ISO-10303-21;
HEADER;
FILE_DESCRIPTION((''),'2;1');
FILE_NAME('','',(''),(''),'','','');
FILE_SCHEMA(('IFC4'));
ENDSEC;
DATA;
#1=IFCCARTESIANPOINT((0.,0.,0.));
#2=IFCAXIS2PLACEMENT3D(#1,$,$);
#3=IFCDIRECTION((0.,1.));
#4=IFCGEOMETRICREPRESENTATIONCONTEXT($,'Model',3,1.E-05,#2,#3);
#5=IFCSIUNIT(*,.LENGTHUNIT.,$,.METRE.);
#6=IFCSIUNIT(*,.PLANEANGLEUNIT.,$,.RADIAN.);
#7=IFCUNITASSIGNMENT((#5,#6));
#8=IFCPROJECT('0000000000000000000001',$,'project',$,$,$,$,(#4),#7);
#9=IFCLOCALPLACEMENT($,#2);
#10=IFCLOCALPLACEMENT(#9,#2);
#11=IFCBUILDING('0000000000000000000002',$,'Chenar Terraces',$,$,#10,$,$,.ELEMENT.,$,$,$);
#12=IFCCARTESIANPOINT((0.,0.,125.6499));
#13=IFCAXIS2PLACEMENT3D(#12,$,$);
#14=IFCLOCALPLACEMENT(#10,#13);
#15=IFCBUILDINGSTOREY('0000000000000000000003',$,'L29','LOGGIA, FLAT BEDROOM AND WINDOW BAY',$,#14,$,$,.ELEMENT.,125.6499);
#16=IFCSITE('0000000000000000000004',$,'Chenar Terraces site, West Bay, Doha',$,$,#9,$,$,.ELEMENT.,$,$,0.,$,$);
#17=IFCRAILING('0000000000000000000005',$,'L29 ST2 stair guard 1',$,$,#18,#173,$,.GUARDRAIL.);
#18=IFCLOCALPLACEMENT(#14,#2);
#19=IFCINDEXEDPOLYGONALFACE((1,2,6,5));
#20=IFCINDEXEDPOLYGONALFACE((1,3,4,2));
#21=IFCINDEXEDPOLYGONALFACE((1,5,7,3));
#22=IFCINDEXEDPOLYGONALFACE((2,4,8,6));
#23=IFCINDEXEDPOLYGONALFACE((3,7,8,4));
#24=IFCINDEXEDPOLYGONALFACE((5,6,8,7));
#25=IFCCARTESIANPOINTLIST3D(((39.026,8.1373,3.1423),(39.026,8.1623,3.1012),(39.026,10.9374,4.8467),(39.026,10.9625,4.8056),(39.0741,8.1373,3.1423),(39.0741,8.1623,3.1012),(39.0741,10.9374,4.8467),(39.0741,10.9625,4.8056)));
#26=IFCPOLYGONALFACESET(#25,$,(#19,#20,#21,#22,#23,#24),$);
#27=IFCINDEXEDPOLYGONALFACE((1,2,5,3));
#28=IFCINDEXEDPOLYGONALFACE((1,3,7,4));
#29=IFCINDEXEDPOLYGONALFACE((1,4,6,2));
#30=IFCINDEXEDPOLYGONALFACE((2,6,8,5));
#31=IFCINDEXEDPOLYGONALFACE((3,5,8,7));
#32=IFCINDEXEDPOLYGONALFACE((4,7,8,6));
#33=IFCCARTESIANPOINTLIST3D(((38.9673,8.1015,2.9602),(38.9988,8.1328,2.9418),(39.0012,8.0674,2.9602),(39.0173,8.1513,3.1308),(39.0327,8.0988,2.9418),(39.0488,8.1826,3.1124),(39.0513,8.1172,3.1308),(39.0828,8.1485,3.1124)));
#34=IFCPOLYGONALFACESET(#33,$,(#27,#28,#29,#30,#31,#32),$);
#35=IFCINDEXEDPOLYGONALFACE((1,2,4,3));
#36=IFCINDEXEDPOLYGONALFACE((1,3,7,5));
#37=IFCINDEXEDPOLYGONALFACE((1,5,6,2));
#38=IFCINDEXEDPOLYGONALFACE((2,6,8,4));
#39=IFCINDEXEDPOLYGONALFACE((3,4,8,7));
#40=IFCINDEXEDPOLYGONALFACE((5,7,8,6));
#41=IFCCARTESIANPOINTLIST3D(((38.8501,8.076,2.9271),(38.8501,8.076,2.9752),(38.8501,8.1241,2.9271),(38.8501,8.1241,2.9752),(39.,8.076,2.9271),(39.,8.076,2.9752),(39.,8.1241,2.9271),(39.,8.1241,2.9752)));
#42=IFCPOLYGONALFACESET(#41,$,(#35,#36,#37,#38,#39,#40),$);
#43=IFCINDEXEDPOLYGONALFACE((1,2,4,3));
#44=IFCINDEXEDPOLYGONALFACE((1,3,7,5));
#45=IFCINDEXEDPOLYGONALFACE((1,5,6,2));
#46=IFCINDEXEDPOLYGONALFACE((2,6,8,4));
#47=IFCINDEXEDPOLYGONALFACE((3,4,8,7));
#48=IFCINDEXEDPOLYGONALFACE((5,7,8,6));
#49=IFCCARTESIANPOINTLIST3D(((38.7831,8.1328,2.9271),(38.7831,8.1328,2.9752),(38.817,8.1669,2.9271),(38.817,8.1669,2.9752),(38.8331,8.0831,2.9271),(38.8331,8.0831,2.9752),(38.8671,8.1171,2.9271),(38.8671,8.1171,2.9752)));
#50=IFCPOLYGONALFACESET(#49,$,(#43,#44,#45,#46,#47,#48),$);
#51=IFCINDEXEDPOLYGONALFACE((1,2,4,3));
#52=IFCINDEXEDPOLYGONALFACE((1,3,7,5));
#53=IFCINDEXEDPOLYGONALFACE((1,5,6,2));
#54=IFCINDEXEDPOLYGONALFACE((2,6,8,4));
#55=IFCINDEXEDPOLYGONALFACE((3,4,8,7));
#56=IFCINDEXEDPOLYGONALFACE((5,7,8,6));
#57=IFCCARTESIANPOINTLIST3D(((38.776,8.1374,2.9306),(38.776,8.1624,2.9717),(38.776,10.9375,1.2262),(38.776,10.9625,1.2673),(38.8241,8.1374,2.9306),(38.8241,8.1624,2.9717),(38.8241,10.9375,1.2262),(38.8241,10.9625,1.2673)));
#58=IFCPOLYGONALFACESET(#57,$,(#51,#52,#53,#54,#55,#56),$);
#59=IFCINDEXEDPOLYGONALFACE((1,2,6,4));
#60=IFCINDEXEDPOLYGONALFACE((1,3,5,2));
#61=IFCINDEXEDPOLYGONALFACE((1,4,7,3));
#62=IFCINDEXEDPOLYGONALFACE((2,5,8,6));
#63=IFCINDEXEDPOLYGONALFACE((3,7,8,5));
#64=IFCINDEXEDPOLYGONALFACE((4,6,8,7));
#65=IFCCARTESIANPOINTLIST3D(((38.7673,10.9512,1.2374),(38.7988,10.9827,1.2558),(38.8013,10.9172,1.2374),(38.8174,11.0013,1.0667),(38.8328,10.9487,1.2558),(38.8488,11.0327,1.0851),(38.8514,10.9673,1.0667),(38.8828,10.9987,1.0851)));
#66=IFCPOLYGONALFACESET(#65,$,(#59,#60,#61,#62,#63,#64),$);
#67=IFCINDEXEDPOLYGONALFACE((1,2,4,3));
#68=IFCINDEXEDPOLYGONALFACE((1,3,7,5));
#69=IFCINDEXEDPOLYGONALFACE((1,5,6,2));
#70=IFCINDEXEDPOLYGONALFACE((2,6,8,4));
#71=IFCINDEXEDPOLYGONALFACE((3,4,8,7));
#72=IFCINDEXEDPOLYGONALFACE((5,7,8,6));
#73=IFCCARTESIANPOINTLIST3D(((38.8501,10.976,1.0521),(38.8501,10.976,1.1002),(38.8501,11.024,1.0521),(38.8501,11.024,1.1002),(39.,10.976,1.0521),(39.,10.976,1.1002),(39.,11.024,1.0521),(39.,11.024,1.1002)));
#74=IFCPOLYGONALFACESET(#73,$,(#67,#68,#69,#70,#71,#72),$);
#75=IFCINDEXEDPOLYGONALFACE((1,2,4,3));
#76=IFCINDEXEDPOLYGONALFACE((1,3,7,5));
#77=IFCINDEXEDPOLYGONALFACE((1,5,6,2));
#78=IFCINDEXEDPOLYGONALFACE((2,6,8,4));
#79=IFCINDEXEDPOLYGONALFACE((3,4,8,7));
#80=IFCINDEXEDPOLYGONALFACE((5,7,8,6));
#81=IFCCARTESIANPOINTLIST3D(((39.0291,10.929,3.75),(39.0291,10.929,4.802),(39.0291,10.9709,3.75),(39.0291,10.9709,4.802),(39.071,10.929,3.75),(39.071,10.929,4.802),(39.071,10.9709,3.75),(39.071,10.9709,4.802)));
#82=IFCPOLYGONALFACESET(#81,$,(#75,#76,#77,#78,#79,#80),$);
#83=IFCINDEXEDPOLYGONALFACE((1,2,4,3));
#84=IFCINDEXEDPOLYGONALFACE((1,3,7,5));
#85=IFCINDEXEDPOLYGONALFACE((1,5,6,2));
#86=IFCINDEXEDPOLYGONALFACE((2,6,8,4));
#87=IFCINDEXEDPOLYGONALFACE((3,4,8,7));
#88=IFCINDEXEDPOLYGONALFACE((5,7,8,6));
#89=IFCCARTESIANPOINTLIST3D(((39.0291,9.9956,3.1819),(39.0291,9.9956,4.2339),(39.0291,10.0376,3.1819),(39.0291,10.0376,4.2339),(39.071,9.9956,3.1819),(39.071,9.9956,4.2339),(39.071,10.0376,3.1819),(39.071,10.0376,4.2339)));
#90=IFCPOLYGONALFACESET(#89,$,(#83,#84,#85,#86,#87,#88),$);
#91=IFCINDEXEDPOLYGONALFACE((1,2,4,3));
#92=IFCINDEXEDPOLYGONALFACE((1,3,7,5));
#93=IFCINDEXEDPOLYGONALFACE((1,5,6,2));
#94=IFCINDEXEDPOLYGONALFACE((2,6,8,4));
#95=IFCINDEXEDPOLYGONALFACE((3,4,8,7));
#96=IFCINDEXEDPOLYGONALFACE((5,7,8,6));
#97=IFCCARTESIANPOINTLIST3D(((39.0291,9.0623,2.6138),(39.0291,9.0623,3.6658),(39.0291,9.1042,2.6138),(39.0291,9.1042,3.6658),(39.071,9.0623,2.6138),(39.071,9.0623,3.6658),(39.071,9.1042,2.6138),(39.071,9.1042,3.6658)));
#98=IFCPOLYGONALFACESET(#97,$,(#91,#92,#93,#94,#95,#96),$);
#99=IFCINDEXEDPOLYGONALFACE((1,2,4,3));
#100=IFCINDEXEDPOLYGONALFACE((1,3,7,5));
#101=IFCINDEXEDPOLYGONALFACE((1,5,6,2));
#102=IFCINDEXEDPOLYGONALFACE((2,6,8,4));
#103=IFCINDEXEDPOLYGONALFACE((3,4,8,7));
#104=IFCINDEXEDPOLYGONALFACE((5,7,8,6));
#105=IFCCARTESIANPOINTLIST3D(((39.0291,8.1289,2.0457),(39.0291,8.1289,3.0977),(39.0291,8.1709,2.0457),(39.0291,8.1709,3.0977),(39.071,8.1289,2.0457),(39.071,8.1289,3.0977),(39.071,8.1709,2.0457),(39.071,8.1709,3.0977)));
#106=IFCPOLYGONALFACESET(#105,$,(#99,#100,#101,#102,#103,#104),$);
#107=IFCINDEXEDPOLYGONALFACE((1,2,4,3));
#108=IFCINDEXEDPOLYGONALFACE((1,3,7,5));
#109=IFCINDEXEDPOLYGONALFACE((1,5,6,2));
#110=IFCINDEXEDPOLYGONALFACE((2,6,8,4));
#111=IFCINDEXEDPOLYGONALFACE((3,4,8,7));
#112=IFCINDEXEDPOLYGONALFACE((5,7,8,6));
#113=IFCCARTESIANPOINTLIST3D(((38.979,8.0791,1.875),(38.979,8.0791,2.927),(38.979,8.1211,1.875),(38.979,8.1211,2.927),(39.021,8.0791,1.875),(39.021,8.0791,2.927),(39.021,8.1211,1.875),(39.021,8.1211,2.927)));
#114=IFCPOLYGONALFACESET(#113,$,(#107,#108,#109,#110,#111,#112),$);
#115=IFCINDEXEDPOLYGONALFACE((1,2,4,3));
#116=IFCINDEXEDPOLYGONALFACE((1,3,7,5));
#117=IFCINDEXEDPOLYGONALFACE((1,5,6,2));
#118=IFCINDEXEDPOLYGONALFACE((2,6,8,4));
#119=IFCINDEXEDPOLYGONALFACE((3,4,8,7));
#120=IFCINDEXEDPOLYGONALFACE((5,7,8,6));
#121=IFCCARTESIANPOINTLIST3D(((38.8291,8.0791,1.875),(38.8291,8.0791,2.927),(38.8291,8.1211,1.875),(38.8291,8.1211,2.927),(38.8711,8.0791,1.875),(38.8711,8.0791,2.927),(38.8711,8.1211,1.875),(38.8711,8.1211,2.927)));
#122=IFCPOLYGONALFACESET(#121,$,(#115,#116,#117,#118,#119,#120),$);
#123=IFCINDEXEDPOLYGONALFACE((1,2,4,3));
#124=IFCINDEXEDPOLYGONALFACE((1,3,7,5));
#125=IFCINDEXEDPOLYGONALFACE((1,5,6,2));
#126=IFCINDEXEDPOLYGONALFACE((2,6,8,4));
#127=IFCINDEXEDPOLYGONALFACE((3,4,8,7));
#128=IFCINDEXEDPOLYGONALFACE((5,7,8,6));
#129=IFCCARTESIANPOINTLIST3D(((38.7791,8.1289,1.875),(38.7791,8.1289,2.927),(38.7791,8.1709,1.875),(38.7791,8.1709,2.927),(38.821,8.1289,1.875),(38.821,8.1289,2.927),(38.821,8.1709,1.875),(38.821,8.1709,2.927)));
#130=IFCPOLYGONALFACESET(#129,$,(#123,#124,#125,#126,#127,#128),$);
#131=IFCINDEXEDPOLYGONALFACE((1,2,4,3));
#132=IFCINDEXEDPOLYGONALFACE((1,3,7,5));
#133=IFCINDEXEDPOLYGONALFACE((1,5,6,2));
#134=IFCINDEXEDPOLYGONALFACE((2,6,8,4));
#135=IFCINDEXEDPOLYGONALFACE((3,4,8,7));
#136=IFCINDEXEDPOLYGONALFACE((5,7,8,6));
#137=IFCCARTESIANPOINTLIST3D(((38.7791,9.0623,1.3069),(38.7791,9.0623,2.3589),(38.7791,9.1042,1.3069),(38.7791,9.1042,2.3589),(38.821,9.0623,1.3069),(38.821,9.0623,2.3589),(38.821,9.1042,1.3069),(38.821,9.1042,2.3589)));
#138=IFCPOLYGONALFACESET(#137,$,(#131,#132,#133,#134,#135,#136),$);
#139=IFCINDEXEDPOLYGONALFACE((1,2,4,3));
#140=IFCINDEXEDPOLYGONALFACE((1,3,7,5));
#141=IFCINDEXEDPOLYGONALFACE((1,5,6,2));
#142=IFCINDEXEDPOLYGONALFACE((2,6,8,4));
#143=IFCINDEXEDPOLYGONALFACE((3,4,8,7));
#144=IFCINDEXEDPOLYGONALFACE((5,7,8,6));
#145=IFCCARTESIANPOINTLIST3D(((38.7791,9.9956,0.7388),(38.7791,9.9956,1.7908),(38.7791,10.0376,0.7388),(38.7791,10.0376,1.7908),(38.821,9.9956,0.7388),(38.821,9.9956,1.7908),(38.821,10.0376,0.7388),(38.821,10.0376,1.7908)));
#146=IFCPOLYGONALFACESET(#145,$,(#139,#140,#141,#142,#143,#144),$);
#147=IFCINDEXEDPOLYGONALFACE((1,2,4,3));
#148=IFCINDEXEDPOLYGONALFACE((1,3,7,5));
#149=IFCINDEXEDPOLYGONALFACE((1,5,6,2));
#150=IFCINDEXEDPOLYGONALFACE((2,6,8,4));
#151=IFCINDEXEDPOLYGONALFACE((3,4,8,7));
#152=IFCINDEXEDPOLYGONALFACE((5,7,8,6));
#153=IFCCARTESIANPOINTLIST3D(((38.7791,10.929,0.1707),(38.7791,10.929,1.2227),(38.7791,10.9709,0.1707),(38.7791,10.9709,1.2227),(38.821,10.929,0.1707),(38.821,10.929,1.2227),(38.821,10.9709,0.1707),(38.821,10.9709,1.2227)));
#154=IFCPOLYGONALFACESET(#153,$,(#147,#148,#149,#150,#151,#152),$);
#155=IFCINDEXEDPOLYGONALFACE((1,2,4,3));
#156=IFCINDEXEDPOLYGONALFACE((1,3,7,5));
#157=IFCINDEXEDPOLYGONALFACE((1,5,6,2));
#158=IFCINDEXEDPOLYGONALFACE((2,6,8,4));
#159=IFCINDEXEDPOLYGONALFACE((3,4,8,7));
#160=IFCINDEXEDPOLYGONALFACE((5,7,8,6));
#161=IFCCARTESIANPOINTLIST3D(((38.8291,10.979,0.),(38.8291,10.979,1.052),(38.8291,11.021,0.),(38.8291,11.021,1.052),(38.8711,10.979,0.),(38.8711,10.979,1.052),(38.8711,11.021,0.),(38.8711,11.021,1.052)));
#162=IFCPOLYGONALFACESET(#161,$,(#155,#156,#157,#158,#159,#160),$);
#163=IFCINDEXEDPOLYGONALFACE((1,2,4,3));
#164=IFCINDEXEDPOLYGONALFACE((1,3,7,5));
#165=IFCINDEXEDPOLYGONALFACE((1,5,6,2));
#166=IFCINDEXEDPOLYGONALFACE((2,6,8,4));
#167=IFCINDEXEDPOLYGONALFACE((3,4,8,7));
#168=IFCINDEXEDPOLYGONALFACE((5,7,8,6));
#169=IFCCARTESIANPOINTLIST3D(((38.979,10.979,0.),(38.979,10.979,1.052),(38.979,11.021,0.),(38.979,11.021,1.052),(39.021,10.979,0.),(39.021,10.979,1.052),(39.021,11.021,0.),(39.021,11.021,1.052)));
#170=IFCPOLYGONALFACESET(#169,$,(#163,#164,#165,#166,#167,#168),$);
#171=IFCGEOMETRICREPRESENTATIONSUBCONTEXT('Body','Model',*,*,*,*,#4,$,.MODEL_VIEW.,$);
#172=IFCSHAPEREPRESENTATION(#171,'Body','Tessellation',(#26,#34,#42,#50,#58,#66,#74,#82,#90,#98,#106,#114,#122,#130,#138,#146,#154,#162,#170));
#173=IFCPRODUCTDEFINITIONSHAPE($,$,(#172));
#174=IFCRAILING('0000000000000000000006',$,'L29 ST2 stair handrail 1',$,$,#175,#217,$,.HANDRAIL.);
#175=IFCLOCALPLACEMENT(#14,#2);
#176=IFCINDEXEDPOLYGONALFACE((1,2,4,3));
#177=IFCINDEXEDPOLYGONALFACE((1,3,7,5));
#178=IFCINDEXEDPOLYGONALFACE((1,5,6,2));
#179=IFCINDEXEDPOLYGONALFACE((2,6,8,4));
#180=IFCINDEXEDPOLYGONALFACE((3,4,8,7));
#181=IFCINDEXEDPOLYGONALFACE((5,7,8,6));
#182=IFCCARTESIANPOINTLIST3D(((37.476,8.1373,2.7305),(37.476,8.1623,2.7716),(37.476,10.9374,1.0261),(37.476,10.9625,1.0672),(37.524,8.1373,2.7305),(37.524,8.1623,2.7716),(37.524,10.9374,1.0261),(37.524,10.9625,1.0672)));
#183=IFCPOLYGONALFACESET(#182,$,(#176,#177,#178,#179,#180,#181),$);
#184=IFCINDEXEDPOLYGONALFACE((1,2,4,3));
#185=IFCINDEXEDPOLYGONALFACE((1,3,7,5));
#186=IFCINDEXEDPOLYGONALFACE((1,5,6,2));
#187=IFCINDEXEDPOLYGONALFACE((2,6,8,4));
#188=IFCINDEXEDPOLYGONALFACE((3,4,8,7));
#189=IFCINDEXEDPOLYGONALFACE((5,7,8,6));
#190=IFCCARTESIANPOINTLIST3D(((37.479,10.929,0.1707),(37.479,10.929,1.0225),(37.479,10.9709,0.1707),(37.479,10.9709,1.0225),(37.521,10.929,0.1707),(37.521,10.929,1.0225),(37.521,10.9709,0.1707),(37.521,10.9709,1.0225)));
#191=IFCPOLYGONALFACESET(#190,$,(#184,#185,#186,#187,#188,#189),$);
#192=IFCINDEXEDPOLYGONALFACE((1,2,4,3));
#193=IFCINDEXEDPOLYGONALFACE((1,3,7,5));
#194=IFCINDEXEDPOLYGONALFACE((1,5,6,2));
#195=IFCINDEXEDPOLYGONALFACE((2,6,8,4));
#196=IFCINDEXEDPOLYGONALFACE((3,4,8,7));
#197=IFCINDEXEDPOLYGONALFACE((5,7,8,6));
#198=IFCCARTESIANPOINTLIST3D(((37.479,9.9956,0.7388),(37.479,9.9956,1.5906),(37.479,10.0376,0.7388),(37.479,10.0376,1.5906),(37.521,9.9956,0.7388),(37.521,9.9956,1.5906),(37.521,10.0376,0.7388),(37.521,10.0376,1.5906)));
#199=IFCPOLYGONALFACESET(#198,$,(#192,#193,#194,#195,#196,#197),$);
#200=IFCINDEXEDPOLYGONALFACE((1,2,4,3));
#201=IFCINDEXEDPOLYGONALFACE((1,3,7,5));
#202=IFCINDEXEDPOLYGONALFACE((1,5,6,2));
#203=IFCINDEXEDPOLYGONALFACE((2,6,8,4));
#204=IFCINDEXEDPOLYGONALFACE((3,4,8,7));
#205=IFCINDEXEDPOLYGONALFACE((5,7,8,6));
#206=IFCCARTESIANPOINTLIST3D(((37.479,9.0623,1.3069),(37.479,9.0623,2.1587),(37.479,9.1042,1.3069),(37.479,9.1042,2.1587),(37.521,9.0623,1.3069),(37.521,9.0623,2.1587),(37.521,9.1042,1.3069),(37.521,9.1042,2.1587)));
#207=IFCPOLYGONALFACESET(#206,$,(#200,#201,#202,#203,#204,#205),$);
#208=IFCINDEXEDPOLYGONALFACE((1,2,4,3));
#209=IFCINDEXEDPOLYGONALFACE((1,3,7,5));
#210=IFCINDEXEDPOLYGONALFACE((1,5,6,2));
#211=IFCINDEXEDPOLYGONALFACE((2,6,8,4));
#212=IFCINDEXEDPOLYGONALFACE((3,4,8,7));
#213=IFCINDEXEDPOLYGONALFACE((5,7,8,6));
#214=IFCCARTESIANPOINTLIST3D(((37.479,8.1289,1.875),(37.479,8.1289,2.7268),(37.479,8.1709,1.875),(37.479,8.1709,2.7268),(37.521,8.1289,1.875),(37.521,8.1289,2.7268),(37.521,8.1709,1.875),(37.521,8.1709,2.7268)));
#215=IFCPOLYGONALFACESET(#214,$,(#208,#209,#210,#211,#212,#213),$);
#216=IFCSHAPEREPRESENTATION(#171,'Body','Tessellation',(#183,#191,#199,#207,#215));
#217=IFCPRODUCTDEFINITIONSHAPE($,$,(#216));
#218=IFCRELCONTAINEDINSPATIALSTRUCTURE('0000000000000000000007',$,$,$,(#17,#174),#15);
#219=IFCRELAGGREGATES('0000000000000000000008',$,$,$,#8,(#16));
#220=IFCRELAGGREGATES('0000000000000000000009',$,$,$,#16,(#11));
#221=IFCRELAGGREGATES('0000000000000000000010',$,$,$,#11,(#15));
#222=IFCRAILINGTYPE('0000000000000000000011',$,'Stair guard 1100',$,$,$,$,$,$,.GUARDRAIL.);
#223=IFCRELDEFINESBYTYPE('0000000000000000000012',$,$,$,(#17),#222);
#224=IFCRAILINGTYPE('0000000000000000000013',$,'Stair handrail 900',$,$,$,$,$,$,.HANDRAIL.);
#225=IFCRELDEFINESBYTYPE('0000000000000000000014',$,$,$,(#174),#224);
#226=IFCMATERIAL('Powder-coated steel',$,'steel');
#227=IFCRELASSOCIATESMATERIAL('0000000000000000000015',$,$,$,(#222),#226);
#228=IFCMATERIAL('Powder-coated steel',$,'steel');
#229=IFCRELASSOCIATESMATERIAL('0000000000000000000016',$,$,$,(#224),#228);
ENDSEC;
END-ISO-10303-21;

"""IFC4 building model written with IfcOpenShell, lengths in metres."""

from ifc_helpers import new_model, si_unit, direction, frame, origin, origin_2d, place, context, subcontext, project, spatial, rectangle, extrude, material, type_object, element, save


model = new_model("IFC4")

# Units and contexts
model_context = context("Model", 3, precision=1e-05, world=origin(), true_north=direction((0.0, 1.0)))
body_context = subcontext(model_context, "Body", "Model", "MODEL_VIEW")
ifc_project = project(units=[si_unit("LENGTHUNIT", "METRE"), si_unit("PLANEANGLEUNIT", "RADIAN")], contexts=[model_context])

# Site, building, storey
site_placement = place(None, origin())
site = spatial("IfcSite", under=ifc_project, at=site_placement, Name="Chenar Terraces site, West Bay, Doha", CompositionType="ELEMENT", RefElevation=0.0)
building_placement = place(site_placement, origin())
building = spatial("IfcBuilding", under=site, at=building_placement, Name="Chenar Terraces", CompositionType="ELEMENT")
storey_placement = place(building_placement, frame((0.0, 0.0, 125.6499)))
storey = spatial("IfcBuildingStorey", under=building, at=storey_placement, Name="L29", Description="LOGGIA, FLAT BEDROOM AND WINDOW BAY", CompositionType="ELEMENT", Elevation=125.6499)

# Railings
ifc_material_1 = material(Name="Powder-coated steel", Category="steel")
railing_type_1 = type_object("IfcRailingType", Name="Stair guard 1100", PredefinedType="GUARDRAIL", material=ifc_material_1)
railing_1_placement = place(storey_placement, frame((39.05, 10.95, 3.75)))
element("IfcRailing", 1, at=railing_1_placement, inside=storey, type_object=railing_type_1, Name="L29 ST2 stair guard 1", PredefinedType="GUARDRAIL", context=body_context, shape_type="SweptSolid", body=[
    extrude(rectangle(XDim=0.0481, YDim=0.0481, at=origin_2d()), frame((0.0, 0.0, 1.0762), z_axis=(0.0, -0.854203, -0.51994), x_axis=(1.0, 0.0, 0.0)), (0.0, 0.0, 1.0), 3.2781),
    extrude(rectangle(XDim=0.0481, YDim=0.0481, at=origin_2d()), frame((0.0, -2.8, -0.6284), z_axis=(-0.270997, -0.269675, -0.924033), x_axis=(0.705376, -0.708834, 0.0)), (0.0, 0.0, 1.0), 0.1846),
    extrude(rectangle(XDim=0.0481, YDim=0.0481, at=origin_2d()), frame((-0.05, -2.8499, -0.7988), z_axis=(-1.0, 0.0, 0.0), x_axis=(0.0, -1.0, 0.0)), (0.0, 0.0, 1.0), 0.1499),
    extrude(rectangle(XDim=0.0481, YDim=0.0481, at=origin_2d()), frame((-0.2, -2.8499, -0.7988), z_axis=(-0.708834, 0.705376, 0.0), x_axis=(-0.705376, -0.708834, 0.0)), (0.0, 0.0, 1.0), 0.0706),
    extrude(rectangle(XDim=0.0481, YDim=0.0481, at=origin_2d()), frame((-0.25, -2.8, -0.7988), z_axis=(0.0, 0.854203, -0.51994), x_axis=(-1.0, 0.0, 0.0)), (0.0, 0.0, 1.0), 3.2781),
    extrude(rectangle(XDim=0.0481, YDim=0.0481, at=origin_2d()), frame((-0.25, 0.0, -2.5034), z_axis=(0.2709, 0.2709, -0.923703), x_axis=(-0.707107, 0.707107, 0.0)), (0.0, 0.0, 1.0), 0.1848),
    extrude(rectangle(XDim=0.0481, YDim=0.0481, at=origin_2d()), frame((-0.2, 0.05, -2.6738), z_axis=(1.0, 0.0, 0.0), x_axis=(0.0, 1.0, 0.0)), (0.0, 0.0, 1.0), 0.1499),
    extrude(rectangle(XDim=0.042, YDim=0.042, at=origin_2d()), origin(), (0.0, 0.0, 1.0), 1.052),
    extrude(rectangle(XDim=0.042, YDim=0.042, at=origin_2d()), frame((0.0, -0.9333, -0.5681)), (0.0, 0.0, 1.0), 1.052),
    extrude(rectangle(XDim=0.042, YDim=0.042, at=origin_2d()), frame((0.0, -1.8667, -1.1362)), (0.0, 0.0, 1.0), 1.052),
    extrude(rectangle(XDim=0.042, YDim=0.042, at=origin_2d()), frame((0.0, -2.8, -1.7043)), (0.0, 0.0, 1.0), 1.052),
    extrude(rectangle(XDim=0.042, YDim=0.042, at=origin_2d()), frame((-0.05, -2.8499, -1.875)), (0.0, 0.0, 1.0), 1.052),
    extrude(rectangle(XDim=0.042, YDim=0.042, at=origin_2d()), frame((-0.2, -2.8499, -1.875)), (0.0, 0.0, 1.0), 1.052),
    extrude(rectangle(XDim=0.042, YDim=0.042, at=origin_2d()), frame((-0.25, -2.8, -1.875)), (0.0, 0.0, 1.0), 1.052),
    extrude(rectangle(XDim=0.042, YDim=0.042, at=origin_2d()), frame((-0.25, -1.8667, -2.4431)), (0.0, 0.0, 1.0), 1.052),
    extrude(rectangle(XDim=0.042, YDim=0.042, at=origin_2d()), frame((-0.25, -0.9333, -3.0112)), (0.0, 0.0, 1.0), 1.052),
    extrude(rectangle(XDim=0.042, YDim=0.042, at=origin_2d()), frame((-0.25, 0.0, -3.5793)), (0.0, 0.0, 1.0), 1.052),
    extrude(rectangle(XDim=0.042, YDim=0.042, at=origin_2d()), frame((-0.2, 0.05, -3.75)), (0.0, 0.0, 1.0), 1.052),
    extrude(rectangle(XDim=0.042, YDim=0.042, at=origin_2d()), frame((-0.05, 0.05, -3.75)), (0.0, 0.0, 1.0), 1.052),
])
ifc_material_2 = material(Name="Powder-coated steel", Category="steel")
railing_type_2 = type_object("IfcRailingType", Name="Stair handrail 900", PredefinedType="HANDRAIL", material=ifc_material_2)
railing_2_placement = place(storey_placement, frame((37.5, 10.95, 0.1707)))
element("IfcRailing", 2, at=railing_2_placement, inside=storey, type_object=railing_type_2, Name="L29 ST2 stair handrail 1", PredefinedType="HANDRAIL", context=body_context, shape_type="SweptSolid", body=[
    extrude(rectangle(XDim=0.0481, YDim=0.0481, at=origin_2d()), frame((0.0, 0.0, 0.876), z_axis=(0.0, -0.854203, 0.51994), x_axis=(1.0, 0.0, 0.0)), (0.0, 0.0, 1.0), 3.2781),
    extrude(rectangle(XDim=0.042, YDim=0.042, at=origin_2d()), origin(), (0.0, 0.0, 1.0), 0.8518),
    extrude(rectangle(XDim=0.042, YDim=0.042, at=origin_2d()), frame((0.0, -0.9333, 0.5681)), (0.0, 0.0, 1.0), 0.8518),
    extrude(rectangle(XDim=0.042, YDim=0.042, at=origin_2d()), frame((0.0, -1.8667, 1.1362)), (0.0, 0.0, 1.0), 0.8518),
    extrude(rectangle(XDim=0.042, YDim=0.042, at=origin_2d()), frame((0.0, -2.8, 1.7043)), (0.0, 0.0, 1.0), 0.8518),
])

save(model, "model.ifc")
